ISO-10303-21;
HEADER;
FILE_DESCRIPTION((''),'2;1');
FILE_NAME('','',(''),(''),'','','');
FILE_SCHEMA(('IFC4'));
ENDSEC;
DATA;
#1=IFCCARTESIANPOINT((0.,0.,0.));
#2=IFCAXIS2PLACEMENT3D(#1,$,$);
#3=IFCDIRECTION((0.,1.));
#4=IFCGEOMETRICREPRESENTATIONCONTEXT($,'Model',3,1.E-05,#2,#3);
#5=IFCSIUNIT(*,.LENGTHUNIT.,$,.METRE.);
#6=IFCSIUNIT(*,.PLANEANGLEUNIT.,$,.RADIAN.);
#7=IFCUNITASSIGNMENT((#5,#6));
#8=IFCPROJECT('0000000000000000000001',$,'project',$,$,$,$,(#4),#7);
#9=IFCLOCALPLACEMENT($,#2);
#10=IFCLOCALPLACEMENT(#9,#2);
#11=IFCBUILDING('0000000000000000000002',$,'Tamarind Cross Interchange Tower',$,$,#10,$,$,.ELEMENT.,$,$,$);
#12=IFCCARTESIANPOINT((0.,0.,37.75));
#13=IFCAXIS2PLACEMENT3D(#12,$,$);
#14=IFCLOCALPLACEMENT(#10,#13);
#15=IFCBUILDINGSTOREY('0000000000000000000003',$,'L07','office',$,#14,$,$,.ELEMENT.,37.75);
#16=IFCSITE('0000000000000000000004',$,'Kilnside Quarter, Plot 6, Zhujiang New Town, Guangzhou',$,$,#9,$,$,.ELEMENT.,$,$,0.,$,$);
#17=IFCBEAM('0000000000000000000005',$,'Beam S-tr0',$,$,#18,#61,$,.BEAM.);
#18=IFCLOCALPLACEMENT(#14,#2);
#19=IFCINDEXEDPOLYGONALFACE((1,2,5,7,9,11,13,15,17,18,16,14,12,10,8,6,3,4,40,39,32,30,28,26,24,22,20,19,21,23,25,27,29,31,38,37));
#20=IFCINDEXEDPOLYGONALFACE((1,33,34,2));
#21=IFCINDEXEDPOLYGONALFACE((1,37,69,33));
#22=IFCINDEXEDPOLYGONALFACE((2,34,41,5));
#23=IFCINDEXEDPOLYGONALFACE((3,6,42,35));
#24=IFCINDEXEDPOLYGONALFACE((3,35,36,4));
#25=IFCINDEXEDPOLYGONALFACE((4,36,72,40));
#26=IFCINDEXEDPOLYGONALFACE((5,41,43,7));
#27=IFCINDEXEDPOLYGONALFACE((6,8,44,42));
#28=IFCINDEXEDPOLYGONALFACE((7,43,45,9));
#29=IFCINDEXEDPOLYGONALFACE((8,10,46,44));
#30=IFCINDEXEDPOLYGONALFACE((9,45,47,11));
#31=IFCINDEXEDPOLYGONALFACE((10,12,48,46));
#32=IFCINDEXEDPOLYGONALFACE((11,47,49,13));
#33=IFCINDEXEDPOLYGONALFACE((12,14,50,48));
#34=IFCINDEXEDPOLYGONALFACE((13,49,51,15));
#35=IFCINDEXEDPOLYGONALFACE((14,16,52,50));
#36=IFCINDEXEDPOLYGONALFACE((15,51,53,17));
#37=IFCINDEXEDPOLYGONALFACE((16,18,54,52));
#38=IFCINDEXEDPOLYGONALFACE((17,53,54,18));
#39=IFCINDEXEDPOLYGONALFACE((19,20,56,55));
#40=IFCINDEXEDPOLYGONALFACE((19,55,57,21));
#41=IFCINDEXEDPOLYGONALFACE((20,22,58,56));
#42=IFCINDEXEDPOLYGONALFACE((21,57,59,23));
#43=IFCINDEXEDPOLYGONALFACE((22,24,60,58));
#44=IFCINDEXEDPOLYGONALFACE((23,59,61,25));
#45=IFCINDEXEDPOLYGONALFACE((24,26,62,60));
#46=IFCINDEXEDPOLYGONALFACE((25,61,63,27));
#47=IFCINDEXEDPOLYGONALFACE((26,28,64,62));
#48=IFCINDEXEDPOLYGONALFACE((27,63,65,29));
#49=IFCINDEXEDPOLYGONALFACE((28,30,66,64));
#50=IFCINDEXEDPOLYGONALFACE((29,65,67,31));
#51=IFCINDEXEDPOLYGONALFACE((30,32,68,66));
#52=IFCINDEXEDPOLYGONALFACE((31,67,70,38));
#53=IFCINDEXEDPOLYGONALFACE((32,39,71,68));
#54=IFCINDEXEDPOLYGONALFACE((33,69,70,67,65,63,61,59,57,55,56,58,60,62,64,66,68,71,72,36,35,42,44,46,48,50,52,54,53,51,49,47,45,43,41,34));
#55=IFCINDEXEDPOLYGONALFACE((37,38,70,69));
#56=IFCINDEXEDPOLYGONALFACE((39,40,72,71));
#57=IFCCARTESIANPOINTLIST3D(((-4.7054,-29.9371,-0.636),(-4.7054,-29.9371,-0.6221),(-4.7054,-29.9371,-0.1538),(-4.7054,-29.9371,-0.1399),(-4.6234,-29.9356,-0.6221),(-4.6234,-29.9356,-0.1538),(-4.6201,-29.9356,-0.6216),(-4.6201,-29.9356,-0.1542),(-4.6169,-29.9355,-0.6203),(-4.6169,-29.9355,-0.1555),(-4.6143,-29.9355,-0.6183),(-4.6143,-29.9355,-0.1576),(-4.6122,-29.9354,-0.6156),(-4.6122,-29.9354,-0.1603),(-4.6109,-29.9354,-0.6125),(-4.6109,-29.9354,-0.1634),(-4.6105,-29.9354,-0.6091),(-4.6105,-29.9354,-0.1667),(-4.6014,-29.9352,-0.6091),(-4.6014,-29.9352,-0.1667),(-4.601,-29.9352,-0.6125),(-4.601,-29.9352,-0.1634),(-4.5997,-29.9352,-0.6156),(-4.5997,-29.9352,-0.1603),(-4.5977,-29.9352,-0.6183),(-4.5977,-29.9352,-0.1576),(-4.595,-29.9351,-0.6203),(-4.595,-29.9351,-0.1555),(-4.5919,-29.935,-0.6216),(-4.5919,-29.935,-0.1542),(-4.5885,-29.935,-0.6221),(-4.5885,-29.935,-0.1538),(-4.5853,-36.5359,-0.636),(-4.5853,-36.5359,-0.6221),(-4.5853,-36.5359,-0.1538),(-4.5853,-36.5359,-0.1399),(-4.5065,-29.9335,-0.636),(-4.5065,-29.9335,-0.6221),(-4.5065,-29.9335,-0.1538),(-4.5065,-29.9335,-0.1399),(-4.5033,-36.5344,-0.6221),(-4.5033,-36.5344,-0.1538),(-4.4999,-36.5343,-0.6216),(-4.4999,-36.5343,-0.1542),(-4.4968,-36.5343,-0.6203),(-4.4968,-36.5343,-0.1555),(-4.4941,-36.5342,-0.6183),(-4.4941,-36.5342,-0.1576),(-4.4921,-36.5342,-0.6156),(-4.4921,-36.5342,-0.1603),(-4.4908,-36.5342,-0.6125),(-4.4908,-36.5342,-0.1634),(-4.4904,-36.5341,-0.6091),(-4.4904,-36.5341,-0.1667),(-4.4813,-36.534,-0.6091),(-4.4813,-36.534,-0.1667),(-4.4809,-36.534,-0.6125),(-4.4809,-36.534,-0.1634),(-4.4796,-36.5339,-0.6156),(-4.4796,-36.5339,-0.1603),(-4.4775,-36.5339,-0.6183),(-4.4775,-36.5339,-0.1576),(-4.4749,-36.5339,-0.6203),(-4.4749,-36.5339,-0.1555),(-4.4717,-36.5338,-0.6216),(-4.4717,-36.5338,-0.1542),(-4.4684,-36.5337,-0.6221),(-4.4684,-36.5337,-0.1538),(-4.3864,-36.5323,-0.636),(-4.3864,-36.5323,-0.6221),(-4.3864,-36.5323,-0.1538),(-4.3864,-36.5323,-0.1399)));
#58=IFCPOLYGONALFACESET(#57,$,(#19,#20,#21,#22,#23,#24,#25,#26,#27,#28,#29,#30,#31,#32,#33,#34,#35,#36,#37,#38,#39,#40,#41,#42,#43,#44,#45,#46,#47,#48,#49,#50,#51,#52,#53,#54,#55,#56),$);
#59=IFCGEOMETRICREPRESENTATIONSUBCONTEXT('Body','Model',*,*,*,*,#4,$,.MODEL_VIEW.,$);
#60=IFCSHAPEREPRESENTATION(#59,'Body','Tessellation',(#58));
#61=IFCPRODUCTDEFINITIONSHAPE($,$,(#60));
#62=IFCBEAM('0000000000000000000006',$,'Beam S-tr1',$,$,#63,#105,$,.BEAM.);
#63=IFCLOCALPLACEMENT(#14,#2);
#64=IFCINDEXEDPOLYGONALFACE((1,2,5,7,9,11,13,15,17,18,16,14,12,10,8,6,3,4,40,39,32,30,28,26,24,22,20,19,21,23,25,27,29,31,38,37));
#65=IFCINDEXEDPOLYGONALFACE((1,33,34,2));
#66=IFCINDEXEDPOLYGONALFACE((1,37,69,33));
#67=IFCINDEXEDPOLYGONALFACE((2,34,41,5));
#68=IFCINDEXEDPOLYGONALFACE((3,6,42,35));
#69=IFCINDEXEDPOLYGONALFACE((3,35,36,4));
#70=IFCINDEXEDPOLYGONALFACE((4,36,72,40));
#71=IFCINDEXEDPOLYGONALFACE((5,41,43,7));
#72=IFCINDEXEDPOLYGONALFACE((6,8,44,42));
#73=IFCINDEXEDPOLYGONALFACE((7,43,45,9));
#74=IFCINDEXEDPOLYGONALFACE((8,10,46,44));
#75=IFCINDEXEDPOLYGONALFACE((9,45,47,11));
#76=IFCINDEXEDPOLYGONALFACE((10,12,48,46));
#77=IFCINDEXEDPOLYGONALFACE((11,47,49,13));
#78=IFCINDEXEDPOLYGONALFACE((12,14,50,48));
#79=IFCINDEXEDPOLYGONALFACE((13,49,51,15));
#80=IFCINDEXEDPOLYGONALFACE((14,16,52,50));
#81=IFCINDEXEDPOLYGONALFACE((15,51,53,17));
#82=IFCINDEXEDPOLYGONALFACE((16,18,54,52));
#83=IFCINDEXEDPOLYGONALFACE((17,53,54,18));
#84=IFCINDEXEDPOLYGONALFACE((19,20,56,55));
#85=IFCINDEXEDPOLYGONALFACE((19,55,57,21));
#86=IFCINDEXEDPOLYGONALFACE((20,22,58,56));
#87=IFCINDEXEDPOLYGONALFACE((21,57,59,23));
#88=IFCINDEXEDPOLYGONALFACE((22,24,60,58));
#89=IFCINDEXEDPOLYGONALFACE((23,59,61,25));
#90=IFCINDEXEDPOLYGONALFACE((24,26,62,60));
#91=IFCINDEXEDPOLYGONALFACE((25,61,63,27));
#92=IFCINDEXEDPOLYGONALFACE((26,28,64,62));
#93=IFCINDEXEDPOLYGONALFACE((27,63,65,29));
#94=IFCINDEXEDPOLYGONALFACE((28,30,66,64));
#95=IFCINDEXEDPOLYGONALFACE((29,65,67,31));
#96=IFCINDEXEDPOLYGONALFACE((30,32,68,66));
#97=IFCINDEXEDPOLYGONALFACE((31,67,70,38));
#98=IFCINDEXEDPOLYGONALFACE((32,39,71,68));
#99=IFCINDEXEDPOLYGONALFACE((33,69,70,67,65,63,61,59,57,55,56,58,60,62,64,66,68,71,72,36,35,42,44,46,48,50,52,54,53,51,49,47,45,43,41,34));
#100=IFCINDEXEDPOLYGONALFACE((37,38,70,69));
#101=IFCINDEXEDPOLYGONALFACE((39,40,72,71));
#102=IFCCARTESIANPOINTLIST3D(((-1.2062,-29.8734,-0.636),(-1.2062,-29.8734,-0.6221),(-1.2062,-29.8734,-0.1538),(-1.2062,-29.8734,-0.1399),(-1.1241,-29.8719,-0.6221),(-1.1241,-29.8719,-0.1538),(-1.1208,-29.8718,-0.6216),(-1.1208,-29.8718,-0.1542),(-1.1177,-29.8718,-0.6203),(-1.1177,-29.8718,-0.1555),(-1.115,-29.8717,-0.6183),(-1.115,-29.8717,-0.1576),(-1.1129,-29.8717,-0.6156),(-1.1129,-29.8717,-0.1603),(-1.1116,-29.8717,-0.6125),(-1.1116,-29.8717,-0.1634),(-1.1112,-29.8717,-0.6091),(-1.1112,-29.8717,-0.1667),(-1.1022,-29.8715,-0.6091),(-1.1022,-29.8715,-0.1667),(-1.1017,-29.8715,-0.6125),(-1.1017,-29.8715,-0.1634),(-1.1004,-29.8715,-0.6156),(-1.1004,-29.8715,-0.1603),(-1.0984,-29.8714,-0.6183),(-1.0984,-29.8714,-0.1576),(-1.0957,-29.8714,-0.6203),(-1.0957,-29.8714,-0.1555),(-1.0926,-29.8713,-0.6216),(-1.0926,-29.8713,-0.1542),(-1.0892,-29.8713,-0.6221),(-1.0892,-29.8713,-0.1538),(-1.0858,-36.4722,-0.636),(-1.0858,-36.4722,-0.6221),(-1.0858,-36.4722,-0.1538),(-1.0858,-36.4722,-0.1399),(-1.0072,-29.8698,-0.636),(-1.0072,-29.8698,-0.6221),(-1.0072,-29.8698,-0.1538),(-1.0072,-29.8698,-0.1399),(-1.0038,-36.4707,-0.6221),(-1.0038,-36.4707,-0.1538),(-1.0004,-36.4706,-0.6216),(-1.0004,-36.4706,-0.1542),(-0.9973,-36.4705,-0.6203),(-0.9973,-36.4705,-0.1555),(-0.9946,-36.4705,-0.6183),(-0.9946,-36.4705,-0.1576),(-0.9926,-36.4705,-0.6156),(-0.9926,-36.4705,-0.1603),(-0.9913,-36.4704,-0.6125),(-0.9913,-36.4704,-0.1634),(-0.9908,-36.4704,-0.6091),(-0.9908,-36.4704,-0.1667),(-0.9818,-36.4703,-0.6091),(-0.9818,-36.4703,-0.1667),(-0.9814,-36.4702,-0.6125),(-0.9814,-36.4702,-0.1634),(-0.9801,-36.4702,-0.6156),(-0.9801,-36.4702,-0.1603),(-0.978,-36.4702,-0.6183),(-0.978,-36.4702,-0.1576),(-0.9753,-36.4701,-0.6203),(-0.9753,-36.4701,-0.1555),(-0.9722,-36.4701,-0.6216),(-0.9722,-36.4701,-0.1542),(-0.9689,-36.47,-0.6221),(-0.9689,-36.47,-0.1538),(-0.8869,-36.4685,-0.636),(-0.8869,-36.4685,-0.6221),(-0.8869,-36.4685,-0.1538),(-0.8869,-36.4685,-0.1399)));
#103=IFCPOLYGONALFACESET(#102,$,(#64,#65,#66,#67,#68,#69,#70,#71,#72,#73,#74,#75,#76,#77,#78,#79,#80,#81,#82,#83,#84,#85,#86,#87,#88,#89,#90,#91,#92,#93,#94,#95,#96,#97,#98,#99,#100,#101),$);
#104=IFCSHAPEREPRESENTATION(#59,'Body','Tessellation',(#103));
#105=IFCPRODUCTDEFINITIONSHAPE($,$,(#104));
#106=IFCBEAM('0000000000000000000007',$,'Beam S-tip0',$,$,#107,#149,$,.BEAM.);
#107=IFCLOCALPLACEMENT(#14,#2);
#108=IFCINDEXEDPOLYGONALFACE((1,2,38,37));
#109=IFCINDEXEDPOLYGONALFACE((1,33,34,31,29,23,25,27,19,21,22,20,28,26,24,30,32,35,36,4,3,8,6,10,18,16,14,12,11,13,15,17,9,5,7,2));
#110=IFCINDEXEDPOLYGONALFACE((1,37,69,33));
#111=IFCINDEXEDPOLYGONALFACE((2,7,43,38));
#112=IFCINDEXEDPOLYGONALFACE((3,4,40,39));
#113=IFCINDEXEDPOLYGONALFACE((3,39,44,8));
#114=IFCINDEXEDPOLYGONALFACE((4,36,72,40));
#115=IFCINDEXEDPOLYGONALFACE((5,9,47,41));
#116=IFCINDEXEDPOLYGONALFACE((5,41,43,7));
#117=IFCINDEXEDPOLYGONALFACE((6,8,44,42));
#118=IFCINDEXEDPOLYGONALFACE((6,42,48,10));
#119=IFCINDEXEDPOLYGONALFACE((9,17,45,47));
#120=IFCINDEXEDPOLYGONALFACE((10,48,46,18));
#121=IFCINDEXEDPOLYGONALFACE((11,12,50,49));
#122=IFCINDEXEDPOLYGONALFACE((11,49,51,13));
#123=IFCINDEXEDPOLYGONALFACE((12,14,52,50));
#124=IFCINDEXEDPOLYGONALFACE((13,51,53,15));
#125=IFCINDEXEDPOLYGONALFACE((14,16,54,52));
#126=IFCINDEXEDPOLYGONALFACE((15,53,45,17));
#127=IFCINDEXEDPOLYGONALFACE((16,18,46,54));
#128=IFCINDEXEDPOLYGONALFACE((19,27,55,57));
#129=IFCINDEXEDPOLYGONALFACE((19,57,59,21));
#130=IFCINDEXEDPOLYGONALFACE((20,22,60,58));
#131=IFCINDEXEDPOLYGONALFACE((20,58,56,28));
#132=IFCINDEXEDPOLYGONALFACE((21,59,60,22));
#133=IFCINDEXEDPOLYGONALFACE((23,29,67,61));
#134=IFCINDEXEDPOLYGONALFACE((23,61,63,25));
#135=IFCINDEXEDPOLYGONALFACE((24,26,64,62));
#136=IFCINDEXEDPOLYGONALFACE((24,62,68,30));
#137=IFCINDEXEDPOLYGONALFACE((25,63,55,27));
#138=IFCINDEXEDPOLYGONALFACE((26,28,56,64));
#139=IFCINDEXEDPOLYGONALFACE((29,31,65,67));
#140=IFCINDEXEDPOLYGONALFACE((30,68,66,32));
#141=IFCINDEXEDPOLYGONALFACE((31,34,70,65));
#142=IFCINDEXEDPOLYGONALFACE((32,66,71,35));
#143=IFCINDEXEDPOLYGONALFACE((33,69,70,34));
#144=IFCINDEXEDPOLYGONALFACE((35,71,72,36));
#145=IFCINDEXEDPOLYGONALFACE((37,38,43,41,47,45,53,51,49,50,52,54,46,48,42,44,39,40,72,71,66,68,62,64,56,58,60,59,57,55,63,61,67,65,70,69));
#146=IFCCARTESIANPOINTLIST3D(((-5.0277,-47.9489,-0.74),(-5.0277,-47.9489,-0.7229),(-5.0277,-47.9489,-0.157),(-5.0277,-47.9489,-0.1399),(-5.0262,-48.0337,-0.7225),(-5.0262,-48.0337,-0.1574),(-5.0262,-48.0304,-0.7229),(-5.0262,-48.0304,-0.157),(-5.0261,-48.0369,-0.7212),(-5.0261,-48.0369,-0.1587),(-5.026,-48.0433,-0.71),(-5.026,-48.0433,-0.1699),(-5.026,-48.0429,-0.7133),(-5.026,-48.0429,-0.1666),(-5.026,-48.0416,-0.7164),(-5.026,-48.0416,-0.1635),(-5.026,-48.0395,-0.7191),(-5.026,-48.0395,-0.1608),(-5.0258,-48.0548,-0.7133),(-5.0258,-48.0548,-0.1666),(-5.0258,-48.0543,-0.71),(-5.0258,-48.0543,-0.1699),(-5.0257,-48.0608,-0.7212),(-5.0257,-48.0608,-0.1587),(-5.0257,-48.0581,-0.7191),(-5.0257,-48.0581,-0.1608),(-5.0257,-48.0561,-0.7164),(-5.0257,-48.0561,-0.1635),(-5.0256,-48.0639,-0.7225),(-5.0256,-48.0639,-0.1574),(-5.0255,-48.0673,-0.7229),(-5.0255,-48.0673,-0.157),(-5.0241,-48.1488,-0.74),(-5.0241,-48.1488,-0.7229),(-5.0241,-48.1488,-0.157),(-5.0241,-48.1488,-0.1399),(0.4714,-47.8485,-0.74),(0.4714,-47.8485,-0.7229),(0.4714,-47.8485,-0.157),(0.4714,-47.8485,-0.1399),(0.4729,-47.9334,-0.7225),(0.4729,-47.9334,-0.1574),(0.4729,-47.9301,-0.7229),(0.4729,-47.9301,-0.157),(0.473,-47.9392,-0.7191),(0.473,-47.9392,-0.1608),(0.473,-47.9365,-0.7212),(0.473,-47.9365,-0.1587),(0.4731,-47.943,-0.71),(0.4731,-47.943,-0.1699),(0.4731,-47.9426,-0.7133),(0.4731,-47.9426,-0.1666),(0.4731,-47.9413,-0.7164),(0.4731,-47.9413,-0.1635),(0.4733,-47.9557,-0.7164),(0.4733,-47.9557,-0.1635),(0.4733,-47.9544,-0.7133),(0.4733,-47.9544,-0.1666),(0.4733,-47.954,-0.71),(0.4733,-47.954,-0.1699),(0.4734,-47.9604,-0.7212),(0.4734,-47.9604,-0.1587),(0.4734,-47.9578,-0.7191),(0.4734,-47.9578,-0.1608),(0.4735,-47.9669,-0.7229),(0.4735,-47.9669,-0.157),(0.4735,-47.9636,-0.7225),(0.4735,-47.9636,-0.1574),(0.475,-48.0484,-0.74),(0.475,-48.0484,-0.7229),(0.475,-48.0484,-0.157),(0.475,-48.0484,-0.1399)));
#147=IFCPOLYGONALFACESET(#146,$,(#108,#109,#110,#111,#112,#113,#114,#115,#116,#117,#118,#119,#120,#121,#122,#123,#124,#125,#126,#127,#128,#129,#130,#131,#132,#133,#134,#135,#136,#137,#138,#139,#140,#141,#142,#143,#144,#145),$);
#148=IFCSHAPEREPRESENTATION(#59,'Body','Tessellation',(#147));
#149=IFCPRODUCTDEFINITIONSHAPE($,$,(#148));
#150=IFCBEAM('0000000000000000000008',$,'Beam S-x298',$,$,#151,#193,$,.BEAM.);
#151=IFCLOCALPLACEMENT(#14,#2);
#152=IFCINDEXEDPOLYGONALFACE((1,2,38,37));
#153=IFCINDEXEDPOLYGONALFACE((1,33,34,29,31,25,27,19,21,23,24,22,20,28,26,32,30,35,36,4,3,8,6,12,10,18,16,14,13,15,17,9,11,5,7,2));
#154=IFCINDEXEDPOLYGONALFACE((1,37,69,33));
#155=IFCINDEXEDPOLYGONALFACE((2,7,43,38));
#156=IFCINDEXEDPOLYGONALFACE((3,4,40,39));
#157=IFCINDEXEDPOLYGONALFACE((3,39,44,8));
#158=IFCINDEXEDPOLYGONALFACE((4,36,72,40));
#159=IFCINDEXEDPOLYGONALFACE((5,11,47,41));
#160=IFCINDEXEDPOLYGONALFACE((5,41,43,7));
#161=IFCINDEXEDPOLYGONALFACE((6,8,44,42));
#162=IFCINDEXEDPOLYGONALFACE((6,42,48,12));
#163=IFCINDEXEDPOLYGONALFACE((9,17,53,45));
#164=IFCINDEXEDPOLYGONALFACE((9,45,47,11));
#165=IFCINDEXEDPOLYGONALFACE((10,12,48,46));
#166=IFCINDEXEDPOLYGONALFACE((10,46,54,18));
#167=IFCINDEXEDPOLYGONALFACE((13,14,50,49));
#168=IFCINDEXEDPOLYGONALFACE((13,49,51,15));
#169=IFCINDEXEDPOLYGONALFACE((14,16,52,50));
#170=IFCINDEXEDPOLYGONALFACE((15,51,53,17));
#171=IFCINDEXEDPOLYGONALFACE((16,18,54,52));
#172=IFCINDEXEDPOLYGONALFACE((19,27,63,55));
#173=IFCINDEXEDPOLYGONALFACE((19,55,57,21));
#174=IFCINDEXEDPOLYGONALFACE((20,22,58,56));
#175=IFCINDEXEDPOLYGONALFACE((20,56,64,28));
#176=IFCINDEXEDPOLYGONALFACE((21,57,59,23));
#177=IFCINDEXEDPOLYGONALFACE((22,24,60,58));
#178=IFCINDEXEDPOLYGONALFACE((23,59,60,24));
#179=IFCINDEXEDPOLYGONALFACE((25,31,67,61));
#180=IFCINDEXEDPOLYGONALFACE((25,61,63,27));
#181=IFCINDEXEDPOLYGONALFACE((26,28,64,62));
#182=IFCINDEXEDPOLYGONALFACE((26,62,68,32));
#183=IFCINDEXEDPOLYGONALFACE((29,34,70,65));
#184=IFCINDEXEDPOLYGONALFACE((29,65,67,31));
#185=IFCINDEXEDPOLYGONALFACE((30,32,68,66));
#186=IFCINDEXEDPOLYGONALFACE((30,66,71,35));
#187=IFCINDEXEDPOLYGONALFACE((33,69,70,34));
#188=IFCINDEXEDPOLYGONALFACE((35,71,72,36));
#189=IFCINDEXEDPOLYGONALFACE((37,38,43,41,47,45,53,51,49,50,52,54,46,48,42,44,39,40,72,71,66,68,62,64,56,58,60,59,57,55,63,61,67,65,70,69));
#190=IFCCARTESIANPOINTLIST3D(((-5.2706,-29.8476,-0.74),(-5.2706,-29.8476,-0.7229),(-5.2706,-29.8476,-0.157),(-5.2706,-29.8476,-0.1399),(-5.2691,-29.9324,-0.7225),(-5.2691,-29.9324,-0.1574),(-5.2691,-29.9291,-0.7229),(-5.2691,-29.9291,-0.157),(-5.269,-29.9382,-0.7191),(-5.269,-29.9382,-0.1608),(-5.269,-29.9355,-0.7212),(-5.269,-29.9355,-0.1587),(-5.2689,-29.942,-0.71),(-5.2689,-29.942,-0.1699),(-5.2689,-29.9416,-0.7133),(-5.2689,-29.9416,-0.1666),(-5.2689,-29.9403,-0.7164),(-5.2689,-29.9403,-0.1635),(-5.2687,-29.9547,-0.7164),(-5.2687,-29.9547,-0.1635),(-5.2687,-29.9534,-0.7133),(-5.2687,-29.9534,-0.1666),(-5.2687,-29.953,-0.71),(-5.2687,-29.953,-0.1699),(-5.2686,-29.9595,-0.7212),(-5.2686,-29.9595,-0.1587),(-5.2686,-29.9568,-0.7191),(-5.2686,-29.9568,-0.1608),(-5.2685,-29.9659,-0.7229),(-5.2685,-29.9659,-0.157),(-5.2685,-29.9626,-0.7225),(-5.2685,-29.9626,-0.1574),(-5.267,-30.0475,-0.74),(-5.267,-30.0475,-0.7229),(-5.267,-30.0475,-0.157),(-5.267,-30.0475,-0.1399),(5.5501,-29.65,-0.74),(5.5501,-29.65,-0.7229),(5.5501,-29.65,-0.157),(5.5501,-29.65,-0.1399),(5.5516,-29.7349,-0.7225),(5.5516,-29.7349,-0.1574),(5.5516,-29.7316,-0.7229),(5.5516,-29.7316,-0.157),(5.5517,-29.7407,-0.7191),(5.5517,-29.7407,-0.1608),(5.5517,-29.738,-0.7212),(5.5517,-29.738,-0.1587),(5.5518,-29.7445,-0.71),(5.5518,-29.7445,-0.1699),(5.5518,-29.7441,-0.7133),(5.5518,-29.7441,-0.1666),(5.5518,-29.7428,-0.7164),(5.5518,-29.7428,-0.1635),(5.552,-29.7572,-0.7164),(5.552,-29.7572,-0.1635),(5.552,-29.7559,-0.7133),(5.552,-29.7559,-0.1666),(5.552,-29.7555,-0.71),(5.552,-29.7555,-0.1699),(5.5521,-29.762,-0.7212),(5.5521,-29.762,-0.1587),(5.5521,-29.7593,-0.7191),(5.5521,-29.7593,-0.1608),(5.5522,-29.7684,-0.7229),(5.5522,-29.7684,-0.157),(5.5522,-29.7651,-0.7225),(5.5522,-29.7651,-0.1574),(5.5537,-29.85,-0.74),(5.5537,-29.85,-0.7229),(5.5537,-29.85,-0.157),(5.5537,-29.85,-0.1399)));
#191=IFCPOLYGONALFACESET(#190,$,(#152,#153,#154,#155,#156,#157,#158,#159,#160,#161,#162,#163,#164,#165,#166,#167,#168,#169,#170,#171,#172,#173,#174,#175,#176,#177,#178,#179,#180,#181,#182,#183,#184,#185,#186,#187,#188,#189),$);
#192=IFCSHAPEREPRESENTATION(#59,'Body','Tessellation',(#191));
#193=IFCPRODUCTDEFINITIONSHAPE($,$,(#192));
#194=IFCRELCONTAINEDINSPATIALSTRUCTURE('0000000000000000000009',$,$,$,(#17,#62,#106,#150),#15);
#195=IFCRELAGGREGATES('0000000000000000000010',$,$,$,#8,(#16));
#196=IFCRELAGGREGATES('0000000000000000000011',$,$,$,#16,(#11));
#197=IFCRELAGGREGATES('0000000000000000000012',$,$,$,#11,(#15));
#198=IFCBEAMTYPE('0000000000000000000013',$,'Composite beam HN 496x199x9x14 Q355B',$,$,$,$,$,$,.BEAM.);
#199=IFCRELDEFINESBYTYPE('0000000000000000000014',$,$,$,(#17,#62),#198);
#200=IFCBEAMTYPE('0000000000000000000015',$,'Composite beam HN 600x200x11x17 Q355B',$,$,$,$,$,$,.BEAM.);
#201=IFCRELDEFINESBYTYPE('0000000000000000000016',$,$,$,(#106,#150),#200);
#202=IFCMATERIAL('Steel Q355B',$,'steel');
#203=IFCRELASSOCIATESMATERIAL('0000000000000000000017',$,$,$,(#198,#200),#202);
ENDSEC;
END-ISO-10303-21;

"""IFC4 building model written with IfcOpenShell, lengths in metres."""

from ifc_helpers import new_model, si_unit, direction, frame, origin, origin_2d, place, context, subcontext, project, spatial, i_section, extrude, material, material_profile, profile_set, type_object, element, save


model = new_model("IFC4")

# Units and contexts
model_context = context("Model", 3, precision=1e-05, world=origin(), true_north=direction((0.0, 1.0)))
body_context = subcontext(model_context, "Body", "Model", "MODEL_VIEW")
ifc_project = project(units=[si_unit("LENGTHUNIT", "METRE"), si_unit("PLANEANGLEUNIT", "RADIAN")], contexts=[model_context])

# Site, building, storey
site_placement = place(None, origin())
site = spatial("IfcSite", under=ifc_project, at=site_placement, Name="Kilnside Quarter, Plot 6, Zhujiang New Town, Guangzhou", CompositionType="ELEMENT", RefElevation=0.0)
building_placement = place(site_placement, origin())
building = spatial("IfcBuilding", under=site, at=building_placement, Name="Tamarind Cross Interchange Tower", CompositionType="ELEMENT")
storey_placement = place(building_placement, frame((0.0, 0.0, 37.75)))
storey = spatial("IfcBuildingStorey", under=building, at=storey_placement, Name="L07", Description="office", CompositionType="ELEMENT", Elevation=37.75)

# Beams
ifc_material_1 = material(Name="Steel Q355B", Category="steel")
ifc_material_profile_1 = material_profile(ifc_material_1, i_section(OverallWidth=0.199, OverallDepth=0.4961, WebThickness=0.009, FlangeThickness=0.0139, FilletRadius=0.0129, at=origin_2d()), Name="HN 496x199x9x14")
ifc_profile_set_1 = profile_set([ifc_material_profile_1], Name="Steel Q355B")
beam_type_1 = type_object("IfcBeamType", Name="Composite beam HN 496x199x9x14 Q355B", PredefinedType="BEAM", material=ifc_profile_set_1)
for number, where, z_axis, x_axis, name in (
    (1, (-4.606, -29.9353, -0.3879), (0.0182, -0.999834, 0.0), (0.999834, 0.0182, 0.0), "Beam S-tr0"),
    (2, (-1.1067, -29.8716, -0.3879), (0.018237, -0.999834, 0.0), (0.999834, 0.018237, 0.0), "Beam S-tr1"),
):
    element("IfcBeam", number, at=place(storey_placement, frame(where, z_axis=z_axis, x_axis=x_axis)), inside=storey, type_object=beam_type_1, Name=name, PredefinedType="BEAM", context=body_context, shape_type="SweptSolid", body=[
        extrude(i_section(OverallWidth=0.199, OverallDepth=0.4961, WebThickness=0.009, FlangeThickness=0.0139, FilletRadius=0.0129, at=origin_2d()), origin(), (0.0, 0.0, 1.0), 6.5999),
    ])
ifc_material_profile_2 = material_profile(ifc_material_1, i_section(OverallWidth=0.2, OverallDepth=0.6001, WebThickness=0.011, FlangeThickness=0.0171, FilletRadius=0.0129, at=origin_2d()), Name="HN 600x200x11x17")
ifc_profile_set_2 = profile_set([ifc_material_profile_2], Name="Steel Q355B")
beam_type_2 = type_object("IfcBeamType", Name="Composite beam HN 600x200x11x17 Q355B", PredefinedType="BEAM", material=ifc_profile_set_2)
beam_1_placement = place(storey_placement, frame((-5.0259, -48.0488, -0.4399), z_axis=(0.999834, 0.018244, 0.0), x_axis=(-0.018244, 0.999834, 0.0)))
element("IfcBeam", 3, at=beam_1_placement, inside=storey, type_object=beam_type_2, Name="Beam S-tip0", PredefinedType="BEAM", context=body_context, shape_type="SweptSolid", body=[
    extrude(i_section(OverallWidth=0.2, OverallDepth=0.6001, WebThickness=0.011, FlangeThickness=0.0171, FilletRadius=0.0129, at=origin_2d()), origin(), (0.0, 0.0, 1.0), 5.5),
])
beam_2_placement = place(storey_placement, frame((-5.2688, -29.9475, -0.4399), z_axis=(0.999833, 0.01825, 0.0), x_axis=(-0.01825, 0.999833, 0.0)))
element("IfcBeam", 4, at=beam_2_placement, inside=storey, type_object=beam_type_2, Name="Beam S-x298", PredefinedType="BEAM", context=body_context, shape_type="SweptSolid", body=[
    extrude(i_section(OverallWidth=0.2, OverallDepth=0.6001, WebThickness=0.011, FlangeThickness=0.0171, FilletRadius=0.0129, at=origin_2d()), origin(), (0.0, 0.0, 1.0), 10.8225),
])

save(model, "model.ifc")
